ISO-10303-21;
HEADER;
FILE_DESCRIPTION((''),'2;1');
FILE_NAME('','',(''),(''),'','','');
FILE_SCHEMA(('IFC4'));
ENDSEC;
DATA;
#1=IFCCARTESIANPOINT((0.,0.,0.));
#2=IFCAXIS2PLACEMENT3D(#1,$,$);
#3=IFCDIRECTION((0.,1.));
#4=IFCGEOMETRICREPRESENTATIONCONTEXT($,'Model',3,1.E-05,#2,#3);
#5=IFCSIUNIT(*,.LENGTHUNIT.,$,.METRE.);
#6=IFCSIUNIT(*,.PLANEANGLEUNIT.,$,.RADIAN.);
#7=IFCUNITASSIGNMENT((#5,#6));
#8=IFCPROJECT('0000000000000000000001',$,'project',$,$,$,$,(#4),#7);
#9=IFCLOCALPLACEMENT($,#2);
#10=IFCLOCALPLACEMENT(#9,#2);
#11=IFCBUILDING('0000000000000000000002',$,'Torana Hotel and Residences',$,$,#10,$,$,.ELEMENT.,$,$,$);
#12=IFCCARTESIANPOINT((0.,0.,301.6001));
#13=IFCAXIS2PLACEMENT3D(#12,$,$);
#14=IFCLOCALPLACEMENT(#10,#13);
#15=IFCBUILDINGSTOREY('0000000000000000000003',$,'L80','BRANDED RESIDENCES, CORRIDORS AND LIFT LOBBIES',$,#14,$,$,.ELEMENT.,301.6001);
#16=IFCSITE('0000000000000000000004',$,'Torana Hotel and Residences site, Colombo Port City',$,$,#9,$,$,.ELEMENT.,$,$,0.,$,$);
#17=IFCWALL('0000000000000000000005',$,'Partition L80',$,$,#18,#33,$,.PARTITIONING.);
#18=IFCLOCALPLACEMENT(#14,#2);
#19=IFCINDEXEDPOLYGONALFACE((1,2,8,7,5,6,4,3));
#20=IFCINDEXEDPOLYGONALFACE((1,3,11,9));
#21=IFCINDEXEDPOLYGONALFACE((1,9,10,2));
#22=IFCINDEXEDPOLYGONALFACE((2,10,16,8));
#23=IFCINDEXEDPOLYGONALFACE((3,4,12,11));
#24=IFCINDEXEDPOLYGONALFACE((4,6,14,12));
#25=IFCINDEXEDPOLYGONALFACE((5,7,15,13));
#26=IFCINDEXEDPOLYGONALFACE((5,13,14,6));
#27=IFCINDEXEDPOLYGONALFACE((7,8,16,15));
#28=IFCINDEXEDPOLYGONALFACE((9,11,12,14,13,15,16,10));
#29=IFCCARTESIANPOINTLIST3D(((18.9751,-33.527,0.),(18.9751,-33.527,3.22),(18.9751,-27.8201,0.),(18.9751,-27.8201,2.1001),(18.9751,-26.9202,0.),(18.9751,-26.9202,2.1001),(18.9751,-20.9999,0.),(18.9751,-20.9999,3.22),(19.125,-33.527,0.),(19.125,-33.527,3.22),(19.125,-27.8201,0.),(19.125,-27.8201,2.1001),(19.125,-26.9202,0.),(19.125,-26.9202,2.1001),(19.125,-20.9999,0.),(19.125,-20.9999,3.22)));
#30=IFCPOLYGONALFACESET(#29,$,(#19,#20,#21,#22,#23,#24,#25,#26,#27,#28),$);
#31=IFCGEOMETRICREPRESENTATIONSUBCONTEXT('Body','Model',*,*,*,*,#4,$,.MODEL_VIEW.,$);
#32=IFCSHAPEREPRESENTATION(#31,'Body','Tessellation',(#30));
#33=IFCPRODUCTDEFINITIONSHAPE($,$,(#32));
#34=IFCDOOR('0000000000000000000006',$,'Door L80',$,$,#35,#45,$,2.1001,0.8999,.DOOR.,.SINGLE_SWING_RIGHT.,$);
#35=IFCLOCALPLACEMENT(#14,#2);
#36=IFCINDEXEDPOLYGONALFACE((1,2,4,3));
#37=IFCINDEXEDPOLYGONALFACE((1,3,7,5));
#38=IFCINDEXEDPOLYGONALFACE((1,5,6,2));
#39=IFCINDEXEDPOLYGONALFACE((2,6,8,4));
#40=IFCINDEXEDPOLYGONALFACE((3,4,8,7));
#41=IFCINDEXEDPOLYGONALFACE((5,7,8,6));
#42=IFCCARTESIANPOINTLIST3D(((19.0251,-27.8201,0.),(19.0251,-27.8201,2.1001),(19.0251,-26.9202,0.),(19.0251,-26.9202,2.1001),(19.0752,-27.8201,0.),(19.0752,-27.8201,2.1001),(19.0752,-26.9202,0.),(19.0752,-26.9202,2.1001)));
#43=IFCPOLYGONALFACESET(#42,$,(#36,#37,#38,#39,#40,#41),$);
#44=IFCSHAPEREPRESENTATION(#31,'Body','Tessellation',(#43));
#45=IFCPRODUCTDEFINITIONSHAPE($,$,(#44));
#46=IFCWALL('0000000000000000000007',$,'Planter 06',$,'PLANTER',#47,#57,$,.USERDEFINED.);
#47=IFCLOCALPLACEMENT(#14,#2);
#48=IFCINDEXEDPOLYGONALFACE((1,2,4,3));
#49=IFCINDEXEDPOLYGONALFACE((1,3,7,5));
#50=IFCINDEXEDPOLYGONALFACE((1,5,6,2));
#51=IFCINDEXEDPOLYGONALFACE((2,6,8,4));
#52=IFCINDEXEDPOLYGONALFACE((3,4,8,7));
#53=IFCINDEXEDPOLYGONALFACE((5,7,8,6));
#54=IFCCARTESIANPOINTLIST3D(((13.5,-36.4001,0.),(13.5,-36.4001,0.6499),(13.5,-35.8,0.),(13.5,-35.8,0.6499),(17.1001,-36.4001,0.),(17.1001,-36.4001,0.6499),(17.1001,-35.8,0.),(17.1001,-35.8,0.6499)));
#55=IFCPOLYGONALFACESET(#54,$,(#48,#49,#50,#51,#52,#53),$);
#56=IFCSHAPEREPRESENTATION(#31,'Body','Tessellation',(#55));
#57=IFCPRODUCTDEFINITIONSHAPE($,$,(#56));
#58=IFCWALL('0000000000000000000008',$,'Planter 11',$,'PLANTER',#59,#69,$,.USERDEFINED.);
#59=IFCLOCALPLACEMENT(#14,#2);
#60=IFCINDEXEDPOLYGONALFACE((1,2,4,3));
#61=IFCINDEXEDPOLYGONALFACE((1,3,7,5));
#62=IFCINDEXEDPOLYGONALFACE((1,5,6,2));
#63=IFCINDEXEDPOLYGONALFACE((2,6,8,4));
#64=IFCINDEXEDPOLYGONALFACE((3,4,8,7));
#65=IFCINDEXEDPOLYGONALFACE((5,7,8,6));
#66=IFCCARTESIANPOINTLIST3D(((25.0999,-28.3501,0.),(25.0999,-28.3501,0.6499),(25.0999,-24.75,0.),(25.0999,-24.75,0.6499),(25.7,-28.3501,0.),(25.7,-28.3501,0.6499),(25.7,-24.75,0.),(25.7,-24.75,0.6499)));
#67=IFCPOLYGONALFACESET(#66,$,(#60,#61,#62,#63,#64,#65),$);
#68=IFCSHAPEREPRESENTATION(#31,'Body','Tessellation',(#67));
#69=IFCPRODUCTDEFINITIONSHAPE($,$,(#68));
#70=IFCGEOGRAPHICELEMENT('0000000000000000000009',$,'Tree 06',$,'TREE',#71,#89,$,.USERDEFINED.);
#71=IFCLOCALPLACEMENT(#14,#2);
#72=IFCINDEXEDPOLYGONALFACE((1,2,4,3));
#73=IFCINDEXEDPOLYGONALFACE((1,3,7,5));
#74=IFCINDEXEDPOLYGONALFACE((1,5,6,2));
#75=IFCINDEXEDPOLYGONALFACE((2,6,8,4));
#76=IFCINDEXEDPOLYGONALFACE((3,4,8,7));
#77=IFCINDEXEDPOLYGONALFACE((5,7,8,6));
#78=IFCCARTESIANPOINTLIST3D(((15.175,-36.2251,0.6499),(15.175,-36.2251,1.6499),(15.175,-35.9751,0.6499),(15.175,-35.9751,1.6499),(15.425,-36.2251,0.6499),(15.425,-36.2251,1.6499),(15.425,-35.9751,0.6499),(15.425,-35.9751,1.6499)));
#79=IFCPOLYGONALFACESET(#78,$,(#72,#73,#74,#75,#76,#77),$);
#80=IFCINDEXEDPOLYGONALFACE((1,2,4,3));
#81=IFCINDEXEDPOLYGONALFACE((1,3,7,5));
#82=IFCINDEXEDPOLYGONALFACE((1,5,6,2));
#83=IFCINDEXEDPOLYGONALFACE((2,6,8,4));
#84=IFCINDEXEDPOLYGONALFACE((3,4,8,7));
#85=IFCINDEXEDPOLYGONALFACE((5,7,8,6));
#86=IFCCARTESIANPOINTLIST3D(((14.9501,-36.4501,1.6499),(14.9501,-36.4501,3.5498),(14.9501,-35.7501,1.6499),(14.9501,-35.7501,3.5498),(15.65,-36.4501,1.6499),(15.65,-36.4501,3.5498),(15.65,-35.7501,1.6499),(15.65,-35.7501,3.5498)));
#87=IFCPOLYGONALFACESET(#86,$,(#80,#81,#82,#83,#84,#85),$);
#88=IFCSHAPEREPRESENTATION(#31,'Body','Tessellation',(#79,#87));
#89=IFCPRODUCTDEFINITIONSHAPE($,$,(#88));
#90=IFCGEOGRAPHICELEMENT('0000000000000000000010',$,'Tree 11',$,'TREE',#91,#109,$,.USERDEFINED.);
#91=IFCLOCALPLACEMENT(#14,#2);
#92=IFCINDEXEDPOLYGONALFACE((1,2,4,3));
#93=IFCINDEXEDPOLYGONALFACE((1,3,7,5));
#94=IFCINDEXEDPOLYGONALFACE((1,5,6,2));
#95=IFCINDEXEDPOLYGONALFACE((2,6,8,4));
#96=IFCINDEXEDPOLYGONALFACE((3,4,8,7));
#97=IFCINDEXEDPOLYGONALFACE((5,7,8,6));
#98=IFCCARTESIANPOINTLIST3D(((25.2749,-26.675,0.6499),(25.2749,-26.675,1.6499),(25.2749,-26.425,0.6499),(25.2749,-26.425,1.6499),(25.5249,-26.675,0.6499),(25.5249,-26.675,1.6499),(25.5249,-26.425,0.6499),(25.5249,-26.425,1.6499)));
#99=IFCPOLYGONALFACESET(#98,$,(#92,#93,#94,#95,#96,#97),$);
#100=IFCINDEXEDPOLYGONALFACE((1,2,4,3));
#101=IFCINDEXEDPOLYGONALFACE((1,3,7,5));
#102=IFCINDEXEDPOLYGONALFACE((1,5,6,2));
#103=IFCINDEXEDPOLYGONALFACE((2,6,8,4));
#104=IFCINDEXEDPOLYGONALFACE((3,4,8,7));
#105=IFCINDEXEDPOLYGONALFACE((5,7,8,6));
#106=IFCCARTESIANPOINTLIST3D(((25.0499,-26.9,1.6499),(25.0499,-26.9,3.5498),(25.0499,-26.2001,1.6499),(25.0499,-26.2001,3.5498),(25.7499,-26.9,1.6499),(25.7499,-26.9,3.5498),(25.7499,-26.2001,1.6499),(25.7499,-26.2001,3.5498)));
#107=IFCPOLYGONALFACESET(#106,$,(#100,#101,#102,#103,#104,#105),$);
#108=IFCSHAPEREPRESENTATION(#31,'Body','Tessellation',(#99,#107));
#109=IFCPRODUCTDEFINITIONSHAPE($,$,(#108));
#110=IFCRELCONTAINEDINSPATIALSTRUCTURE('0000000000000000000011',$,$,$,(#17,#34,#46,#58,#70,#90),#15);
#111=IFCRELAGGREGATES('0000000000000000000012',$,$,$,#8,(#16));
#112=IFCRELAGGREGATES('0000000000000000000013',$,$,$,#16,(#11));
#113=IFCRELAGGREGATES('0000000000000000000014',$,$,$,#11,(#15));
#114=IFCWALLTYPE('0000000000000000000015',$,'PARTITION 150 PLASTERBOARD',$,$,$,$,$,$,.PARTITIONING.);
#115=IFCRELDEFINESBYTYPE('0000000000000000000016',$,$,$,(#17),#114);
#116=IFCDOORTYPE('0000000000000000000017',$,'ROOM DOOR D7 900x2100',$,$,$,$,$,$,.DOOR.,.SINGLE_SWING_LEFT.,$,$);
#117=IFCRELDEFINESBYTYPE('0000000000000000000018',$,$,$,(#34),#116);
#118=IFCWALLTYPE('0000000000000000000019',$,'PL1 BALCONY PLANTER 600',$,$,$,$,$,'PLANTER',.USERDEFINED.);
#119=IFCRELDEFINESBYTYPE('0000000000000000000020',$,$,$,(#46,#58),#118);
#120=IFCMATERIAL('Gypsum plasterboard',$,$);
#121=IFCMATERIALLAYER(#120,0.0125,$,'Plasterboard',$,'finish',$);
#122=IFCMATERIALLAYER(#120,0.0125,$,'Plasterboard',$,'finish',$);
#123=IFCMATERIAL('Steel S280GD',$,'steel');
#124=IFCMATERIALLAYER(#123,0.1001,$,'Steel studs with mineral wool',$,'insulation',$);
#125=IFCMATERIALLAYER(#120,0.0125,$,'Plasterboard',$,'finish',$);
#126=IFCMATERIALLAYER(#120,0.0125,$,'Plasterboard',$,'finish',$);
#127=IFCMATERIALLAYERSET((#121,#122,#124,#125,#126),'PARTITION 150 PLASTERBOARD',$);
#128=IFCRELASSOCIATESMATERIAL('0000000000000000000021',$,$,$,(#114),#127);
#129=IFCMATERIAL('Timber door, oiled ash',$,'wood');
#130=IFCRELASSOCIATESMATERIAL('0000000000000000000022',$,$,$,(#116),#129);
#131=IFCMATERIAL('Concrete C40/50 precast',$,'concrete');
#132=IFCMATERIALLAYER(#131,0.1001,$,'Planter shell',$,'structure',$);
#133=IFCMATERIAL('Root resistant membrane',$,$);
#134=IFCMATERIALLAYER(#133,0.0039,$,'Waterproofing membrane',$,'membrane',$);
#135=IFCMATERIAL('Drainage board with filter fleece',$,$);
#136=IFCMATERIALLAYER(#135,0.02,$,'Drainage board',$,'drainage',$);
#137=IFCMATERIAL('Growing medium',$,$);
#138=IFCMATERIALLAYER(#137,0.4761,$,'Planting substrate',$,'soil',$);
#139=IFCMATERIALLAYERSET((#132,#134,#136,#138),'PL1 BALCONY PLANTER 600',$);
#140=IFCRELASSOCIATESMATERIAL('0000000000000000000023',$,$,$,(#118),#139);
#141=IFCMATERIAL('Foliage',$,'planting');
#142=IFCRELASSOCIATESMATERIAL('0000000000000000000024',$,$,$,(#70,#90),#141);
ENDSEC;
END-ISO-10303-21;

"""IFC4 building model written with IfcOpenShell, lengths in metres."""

from ifc_helpers import new_model, si_unit, direction, frame, frame_2d, origin, origin_2d, place, context, subcontext, project, spatial, rectangle, extrude, material, layer, layer_set, type_object, element, fill, save


model = new_model("IFC4")

# Units and contexts
model_context = context("Model", 3, precision=1e-05, world=origin(), true_north=direction((0.0, 1.0)))
body_context = subcontext(model_context, "Body", "Model", "MODEL_VIEW")
ifc_project = project(units=[si_unit("LENGTHUNIT", "METRE"), si_unit("PLANEANGLEUNIT", "RADIAN")], contexts=[model_context])

# Site, building, storey
site_placement = place(None, origin())
site = spatial("IfcSite", under=ifc_project, at=site_placement, Name="Torana Hotel and Residences site, Colombo Port City", CompositionType="ELEMENT", RefElevation=0.0)
building_placement = place(site_placement, origin())
building = spatial("IfcBuilding", under=site, at=building_placement, Name="Torana Hotel and Residences", CompositionType="ELEMENT")
storey_placement = place(building_placement, frame((0.0, 0.0, 301.6001)))
storey = spatial("IfcBuildingStorey", under=building, at=storey_placement, Name="L80", Description="BRANDED RESIDENCES, CORRIDORS AND LIFT LOBBIES", CompositionType="ELEMENT", Elevation=301.6001)

# Shared definitions
ifc_material_1 = material(Name="Steel S280GD", Category="steel")

# Wall, opening, door
ifc_material_2 = material(Name="Gypsum plasterboard")
ifc_layer_1 = layer(ifc_material_2, 0.0125, Name="Plasterboard", Category="finish")
ifc_layer_2 = layer(ifc_material_2, 0.0125, Name="Plasterboard", Category="finish")
ifc_layer_3 = layer(ifc_material_1, 0.1001, Name="Steel studs with mineral wool", Category="insulation")
ifc_layer_4 = layer(ifc_material_2, 0.0125, Name="Plasterboard", Category="finish")
ifc_layer_5 = layer(ifc_material_2, 0.0125, Name="Plasterboard", Category="finish")
ifc_layer_set_1 = layer_set([ifc_layer_1, ifc_layer_2, ifc_layer_3, ifc_layer_4, ifc_layer_5], Name="PARTITION 150 PLASTERBOARD")
wall_type_1 = type_object("IfcWallType", Name="PARTITION 150 PLASTERBOARD", PredefinedType="PARTITIONING", material=ifc_layer_set_1)
ifc_material_3 = material(Name="Timber door, oiled ash", Category="wood")
door_type_1 = type_object("IfcDoorType", Name="ROOM DOOR D7 900x2100", OperationType="SINGLE_SWING_LEFT", PredefinedType="DOOR", material=ifc_material_3)
wall_1_placement = place(storey_placement, frame((19.05, -33.5271, 0.0), z_axis=(0.0, 0.0, 1.0), x_axis=(0.0, 1.0, 0.0)))
wall_1 = element("IfcWall", 1, at=wall_1_placement, inside=storey, type_object=wall_type_1, Name="Partition L80", PredefinedType="PARTITIONING", context=body_context, shape_type="SweptSolid", body=[
    extrude(rectangle(XDim=12.5271, YDim=0.1499, at=frame_2d((6.2637, 0.0))), origin(), (0.0, 0.0, 1.0), 3.22),
])
opening_1_placement = place(wall_1_placement, frame((5.707, 0.0, 0.0)))
opening_1 = element("IfcOpeningElement", 2, at=opening_1_placement, cuts=wall_1, PredefinedType="OPENING", context=body_context, shape_type="SweptSolid", body=[
    extrude(rectangle(XDim=0.8999, YDim=2.1001, at=frame_2d((0.45, 1.05))), frame((0.0, 0.085, 0.0), z_axis=(0.0, -1.0, 0.0), x_axis=(1.0, 0.0, 0.0)), (0.0, 0.0, 1.0), 0.1699),
])
door_1_placement = place(opening_1_placement, origin())
door_1 = element("IfcDoor", 3, at=door_1_placement, inside=storey, type_object=door_type_1, Name="Door L80", OperationType="SINGLE_SWING_RIGHT", OverallHeight=2.1001, OverallWidth=0.8999, PredefinedType="DOOR", context=body_context, shape_type="SweptSolid", body=[
    extrude(rectangle(XDim=0.8999, YDim=2.1001, at=frame_2d((0.45, 1.05))), frame((0.0, 0.0249, 0.0), z_axis=(0.0, -1.0, 0.0), x_axis=(1.0, 0.0, 0.0)), (0.0, 0.0, 1.0), 0.05),
])
fill(opening_1, door_1)

# Walls
ifc_material_4 = material(Name="Concrete C40/50 precast", Category="concrete")
ifc_layer_6 = layer(ifc_material_4, 0.1001, Name="Planter shell", Category="structure")
ifc_material_5 = material(Name="Root resistant membrane")
ifc_layer_7 = layer(ifc_material_5, 0.0039, Name="Waterproofing membrane", Category="membrane")
ifc_material_6 = material(Name="Drainage board with filter fleece")
ifc_layer_8 = layer(ifc_material_6, 0.02, Name="Drainage board", Category="drainage")
ifc_material_7 = material(Name="Growing medium")
ifc_layer_9 = layer(ifc_material_7, 0.4761, Name="Planting substrate", Category="soil")
ifc_layer_set_2 = layer_set([ifc_layer_6, ifc_layer_7, ifc_layer_8, ifc_layer_9], Name="PL1 BALCONY PLANTER 600")
wall_type_2 = type_object("IfcWallType", Name="PL1 BALCONY PLANTER 600", ElementType="PLANTER", PredefinedType="USERDEFINED", material=ifc_layer_set_2)
for number, where, z_axis, x_axis, name in (
    (4, (17.1001, -36.1001, 0.0), (0.0, 0.0, 1.0), (-1.0, 0.0, 0.0), "Planter 06"),
    (5, (25.3999, -24.75, 0.0), (0.0, 0.0, 1.0), (0.0, -1.0, 0.0), "Planter 11"),
):
    element("IfcWall", number, at=place(storey_placement, frame(where, z_axis=z_axis, x_axis=x_axis)), inside=storey, type_object=wall_type_2, Name=name, ObjectType="PLANTER", PredefinedType="USERDEFINED", context=body_context, shape_type="SweptSolid", body=[
        extrude(rectangle(XDim=3.6001, YDim=0.6001, at=frame_2d((1.8, 0.0))), origin(), (0.0, 0.0, 1.0), 0.6499),
    ])

# Geographic elements
ifc_material_8 = material(Name="Foliage", Category="planting")
for number, where, z_axis, x_axis, name in (
    (6, (15.3, -36.1001, 0.6499), (0.0, 0.0, 1.0), (1.0, 0.0, 0.0), "Tree 06"),
    (7, (25.3999, -26.55, 0.6499), (0.0, 0.0, 1.0), (1.0, 0.0, 0.0), "Tree 11"),
):
    element("IfcGeographicElement", number, at=place(storey_placement, frame(where, z_axis=z_axis, x_axis=x_axis)), inside=storey, material=ifc_material_8, Name=name, ObjectType="TREE", PredefinedType="USERDEFINED", context=body_context, shape_type="SweptSolid", body=[
        extrude(rectangle(XDim=0.25, YDim=0.25, at=origin_2d()), origin(), (0.0, 0.0, 1.0), 1.0),
        extrude(rectangle(XDim=0.7, YDim=0.7, at=origin_2d()), frame((0.0, 0.0, 1.0)), (0.0, 0.0, 1.0), 1.8999),
    ])

save(model, "model.ifc")
